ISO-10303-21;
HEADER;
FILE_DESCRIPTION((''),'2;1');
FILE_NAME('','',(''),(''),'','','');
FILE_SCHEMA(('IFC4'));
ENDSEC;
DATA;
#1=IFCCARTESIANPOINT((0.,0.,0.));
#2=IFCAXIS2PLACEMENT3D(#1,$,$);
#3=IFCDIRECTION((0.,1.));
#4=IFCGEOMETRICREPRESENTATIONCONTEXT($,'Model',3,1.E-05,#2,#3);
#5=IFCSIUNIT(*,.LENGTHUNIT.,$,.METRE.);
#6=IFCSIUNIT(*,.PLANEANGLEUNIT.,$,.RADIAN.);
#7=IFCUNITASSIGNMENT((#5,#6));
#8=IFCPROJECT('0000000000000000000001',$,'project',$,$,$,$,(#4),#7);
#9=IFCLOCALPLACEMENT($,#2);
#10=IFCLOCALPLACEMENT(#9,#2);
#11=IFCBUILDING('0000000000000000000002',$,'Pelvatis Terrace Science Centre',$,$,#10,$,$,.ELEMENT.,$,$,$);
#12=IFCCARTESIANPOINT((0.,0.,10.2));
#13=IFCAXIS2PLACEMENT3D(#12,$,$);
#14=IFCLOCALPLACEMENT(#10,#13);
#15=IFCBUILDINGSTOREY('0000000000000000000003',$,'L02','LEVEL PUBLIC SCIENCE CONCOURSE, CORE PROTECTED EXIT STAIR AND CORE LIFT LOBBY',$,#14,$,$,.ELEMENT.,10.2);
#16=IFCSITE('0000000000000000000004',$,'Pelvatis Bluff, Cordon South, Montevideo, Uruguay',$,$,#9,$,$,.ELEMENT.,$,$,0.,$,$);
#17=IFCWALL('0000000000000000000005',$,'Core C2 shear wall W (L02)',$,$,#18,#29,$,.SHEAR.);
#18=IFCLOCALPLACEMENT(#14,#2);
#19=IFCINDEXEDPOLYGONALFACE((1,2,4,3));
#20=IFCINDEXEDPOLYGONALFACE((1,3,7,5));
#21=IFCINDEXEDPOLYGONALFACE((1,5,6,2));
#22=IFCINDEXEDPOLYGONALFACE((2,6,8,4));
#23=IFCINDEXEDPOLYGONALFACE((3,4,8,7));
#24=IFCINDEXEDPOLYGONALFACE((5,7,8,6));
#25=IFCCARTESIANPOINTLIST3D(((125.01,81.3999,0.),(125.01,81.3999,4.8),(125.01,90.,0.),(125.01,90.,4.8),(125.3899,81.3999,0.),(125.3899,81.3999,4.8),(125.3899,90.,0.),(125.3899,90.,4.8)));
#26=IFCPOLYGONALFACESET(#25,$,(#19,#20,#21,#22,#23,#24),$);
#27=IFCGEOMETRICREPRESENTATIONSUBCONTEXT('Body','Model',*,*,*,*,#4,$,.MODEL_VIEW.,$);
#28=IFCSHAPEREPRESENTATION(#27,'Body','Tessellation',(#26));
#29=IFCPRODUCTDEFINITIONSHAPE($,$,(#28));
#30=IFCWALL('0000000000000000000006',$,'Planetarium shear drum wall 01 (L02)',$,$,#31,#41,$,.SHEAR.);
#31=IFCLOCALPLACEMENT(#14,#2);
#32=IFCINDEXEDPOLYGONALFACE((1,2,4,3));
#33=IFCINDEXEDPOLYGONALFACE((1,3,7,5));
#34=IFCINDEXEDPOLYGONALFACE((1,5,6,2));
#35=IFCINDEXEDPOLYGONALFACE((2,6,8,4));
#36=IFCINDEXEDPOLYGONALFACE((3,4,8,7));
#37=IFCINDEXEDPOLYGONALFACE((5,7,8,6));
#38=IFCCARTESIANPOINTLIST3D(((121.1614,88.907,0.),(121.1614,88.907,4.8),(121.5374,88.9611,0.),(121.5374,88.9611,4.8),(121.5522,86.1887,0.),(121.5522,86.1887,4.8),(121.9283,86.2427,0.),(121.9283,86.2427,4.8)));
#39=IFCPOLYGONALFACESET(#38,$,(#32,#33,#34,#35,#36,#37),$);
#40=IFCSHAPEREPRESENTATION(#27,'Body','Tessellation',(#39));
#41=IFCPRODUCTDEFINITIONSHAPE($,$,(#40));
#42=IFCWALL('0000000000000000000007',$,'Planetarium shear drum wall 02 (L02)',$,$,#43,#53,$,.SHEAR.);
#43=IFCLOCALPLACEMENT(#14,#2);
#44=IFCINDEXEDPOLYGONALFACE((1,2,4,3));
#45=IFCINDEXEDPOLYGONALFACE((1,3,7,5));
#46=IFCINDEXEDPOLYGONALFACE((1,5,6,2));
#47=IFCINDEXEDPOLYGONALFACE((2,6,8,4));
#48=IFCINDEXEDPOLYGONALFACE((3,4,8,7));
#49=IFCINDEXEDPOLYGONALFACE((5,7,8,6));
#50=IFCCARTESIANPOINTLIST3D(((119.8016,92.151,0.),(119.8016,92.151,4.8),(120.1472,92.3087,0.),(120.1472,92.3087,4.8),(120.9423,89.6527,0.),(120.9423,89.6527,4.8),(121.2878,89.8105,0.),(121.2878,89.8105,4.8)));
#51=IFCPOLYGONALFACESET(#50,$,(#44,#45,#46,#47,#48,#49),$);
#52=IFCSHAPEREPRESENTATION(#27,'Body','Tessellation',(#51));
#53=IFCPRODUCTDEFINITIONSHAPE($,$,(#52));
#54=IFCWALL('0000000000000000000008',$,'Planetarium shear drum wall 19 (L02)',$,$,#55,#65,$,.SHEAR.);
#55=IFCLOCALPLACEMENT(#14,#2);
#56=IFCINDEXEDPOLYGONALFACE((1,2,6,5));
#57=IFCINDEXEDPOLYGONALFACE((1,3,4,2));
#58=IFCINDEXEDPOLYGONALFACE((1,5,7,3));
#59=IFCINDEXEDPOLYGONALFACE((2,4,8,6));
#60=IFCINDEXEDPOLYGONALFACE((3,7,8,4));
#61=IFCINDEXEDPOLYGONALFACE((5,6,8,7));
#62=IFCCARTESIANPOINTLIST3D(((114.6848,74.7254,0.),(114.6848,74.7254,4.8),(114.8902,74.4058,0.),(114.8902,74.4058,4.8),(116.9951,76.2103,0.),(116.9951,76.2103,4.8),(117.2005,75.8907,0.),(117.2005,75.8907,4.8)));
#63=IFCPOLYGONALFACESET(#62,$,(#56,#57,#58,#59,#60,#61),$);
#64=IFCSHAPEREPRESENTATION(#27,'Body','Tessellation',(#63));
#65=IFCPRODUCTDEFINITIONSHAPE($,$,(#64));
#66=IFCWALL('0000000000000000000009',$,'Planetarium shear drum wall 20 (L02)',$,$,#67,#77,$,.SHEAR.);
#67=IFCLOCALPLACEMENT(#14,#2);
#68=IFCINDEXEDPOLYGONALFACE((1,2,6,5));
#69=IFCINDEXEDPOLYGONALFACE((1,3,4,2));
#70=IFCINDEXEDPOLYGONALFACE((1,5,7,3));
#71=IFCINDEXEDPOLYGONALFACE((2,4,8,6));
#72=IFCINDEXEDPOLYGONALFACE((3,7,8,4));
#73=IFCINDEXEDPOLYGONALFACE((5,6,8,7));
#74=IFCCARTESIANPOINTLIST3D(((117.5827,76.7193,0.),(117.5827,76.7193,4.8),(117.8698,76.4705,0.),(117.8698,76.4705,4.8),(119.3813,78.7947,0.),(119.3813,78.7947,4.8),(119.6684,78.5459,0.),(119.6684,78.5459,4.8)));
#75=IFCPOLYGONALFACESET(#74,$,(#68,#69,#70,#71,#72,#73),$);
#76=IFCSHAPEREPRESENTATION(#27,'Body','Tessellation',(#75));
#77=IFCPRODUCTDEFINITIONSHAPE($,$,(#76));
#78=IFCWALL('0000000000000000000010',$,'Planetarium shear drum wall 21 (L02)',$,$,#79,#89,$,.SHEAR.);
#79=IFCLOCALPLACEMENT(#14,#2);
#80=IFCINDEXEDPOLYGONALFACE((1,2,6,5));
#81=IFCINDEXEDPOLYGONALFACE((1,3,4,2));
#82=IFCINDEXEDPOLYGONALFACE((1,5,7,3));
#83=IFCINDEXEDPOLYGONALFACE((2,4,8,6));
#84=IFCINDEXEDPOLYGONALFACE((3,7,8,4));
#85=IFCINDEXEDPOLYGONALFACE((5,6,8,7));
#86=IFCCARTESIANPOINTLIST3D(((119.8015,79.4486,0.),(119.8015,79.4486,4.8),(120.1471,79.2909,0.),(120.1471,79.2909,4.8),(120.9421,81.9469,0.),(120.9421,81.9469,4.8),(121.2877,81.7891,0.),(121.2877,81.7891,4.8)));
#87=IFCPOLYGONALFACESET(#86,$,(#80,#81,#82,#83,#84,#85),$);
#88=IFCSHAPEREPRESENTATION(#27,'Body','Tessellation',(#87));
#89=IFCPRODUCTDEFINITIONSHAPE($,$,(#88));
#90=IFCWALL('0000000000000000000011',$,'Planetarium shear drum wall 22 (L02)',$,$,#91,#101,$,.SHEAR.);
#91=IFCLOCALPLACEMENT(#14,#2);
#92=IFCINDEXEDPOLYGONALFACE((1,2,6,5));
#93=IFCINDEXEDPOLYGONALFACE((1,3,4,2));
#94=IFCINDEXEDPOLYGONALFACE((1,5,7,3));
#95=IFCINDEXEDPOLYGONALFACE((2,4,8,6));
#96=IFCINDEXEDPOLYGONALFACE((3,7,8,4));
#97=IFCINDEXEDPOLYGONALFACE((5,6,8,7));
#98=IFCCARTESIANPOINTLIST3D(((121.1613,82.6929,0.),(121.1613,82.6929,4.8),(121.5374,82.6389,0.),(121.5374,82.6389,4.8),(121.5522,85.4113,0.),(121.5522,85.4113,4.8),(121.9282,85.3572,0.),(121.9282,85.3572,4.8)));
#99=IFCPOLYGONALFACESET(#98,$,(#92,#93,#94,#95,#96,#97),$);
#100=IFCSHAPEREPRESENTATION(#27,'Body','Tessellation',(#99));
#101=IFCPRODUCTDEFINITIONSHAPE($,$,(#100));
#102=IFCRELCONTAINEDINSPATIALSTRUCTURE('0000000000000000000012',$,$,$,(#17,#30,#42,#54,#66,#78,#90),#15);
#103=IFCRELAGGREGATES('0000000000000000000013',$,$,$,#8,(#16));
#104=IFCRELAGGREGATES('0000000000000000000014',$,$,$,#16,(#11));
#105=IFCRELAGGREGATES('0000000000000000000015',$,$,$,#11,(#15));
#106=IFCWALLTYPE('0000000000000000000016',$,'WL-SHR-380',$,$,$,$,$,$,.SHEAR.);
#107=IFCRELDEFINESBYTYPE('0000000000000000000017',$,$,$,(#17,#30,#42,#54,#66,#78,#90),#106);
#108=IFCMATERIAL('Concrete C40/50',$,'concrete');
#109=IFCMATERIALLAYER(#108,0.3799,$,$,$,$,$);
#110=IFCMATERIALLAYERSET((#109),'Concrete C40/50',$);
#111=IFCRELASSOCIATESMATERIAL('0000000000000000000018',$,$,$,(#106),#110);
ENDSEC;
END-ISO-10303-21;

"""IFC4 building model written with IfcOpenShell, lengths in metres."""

from ifc_helpers import new_model, si_unit, direction, frame, frame_2d, origin, place, context, subcontext, project, spatial, rectangle, extrude, material, layer, layer_set, type_object, element, save


model = new_model("IFC4")

# Units and contexts
model_context = context("Model", 3, precision=1e-05, world=origin(), true_north=direction((0.0, 1.0)))
body_context = subcontext(model_context, "Body", "Model", "MODEL_VIEW")
ifc_project = project(units=[si_unit("LENGTHUNIT", "METRE"), si_unit("PLANEANGLEUNIT", "RADIAN")], contexts=[model_context])

# Site, building, storey
site_placement = place(None, origin())
site = spatial("IfcSite", under=ifc_project, at=site_placement, Name="Pelvatis Bluff, Cordon South, Montevideo, Uruguay", CompositionType="ELEMENT", RefElevation=0.0)
building_placement = place(site_placement, origin())
building = spatial("IfcBuilding", under=site, at=building_placement, Name="Pelvatis Terrace Science Centre", CompositionType="ELEMENT")
storey_placement = place(building_placement, frame((0.0, 0.0, 10.2)))
storey = spatial("IfcBuildingStorey", under=building, at=storey_placement, Name="L02", Description="LEVEL PUBLIC SCIENCE CONCOURSE, CORE PROTECTED EXIT STAIR AND CORE LIFT LOBBY", CompositionType="ELEMENT", Elevation=10.2)

# Walls
ifc_material_1 = material(Name="Concrete C40/50", Category="concrete")
ifc_layer_1 = layer(ifc_material_1, 0.3799)
ifc_layer_set_1 = layer_set([ifc_layer_1], Name="Concrete C40/50")
wall_type_1 = type_object("IfcWallType", Name="WL-SHR-380", PredefinedType="SHEAR", material=ifc_layer_set_1)
wall_1_placement = place(storey_placement, frame((125.2, 81.3999, 0.0), z_axis=(0.0, 0.0, 1.0), x_axis=(0.0, 1.0, 0.0)))
element("IfcWall", 1, at=wall_1_placement, inside=storey, type_object=wall_type_1, Name="Core C2 shear wall W (L02)", PredefinedType="SHEAR", context=body_context, shape_type="SweptSolid", body=[
    extrude(rectangle(XDim=8.6001, YDim=0.3799, at=frame_2d((4.3, 0.0))), origin(), (0.0, 0.0, 1.0), 4.8),
])
for number, where, z_axis, x_axis, name in (
    (2, (121.7402, 86.2158, 0.0), (0.0, 0.0, 1.0), (-0.14233, 0.989819, 0.0), "Planetarium shear drum wall 01 (L02)"),
    (3, (121.115, 89.7317, 0.0), (0.0, 0.0, 1.0), (-0.415323, 0.909674, 0.0), "Planetarium shear drum wall 02 (L02)"),
    (4, (114.7876, 74.5657, 0.0), (0.0, 0.0, 1.0), (0.841233, 0.540672, 0.0), "Planetarium shear drum wall 19 (L02)"),
    (5, (117.7263, 76.595, 0.0), (0.0, 0.0, 1.0), (0.654903, 0.755713, 0.0), "Planetarium shear drum wall 20 (L02)"),
    (6, (119.9744, 79.3699, 0.0), (0.0, 0.0, 1.0), (0.415323, 0.909674, 0.0), "Planetarium shear drum wall 21 (L02)"),
    (7, (121.3494, 82.666, 0.0), (0.0, 0.0, 1.0), (0.14233, 0.989819, 0.0), "Planetarium shear drum wall 22 (L02)"),
):
    element("IfcWall", number, at=place(storey_placement, frame(where, z_axis=z_axis, x_axis=x_axis)), inside=storey, type_object=wall_type_1, Name=name, PredefinedType="SHEAR", context=body_context, shape_type="SweptSolid", body=[
        extrude(rectangle(XDim=2.7463, YDim=0.3799, at=frame_2d((1.373, 0.0))), origin(), (0.0, 0.0, 1.0), 4.8),
    ])

save(model, "model.ifc")
